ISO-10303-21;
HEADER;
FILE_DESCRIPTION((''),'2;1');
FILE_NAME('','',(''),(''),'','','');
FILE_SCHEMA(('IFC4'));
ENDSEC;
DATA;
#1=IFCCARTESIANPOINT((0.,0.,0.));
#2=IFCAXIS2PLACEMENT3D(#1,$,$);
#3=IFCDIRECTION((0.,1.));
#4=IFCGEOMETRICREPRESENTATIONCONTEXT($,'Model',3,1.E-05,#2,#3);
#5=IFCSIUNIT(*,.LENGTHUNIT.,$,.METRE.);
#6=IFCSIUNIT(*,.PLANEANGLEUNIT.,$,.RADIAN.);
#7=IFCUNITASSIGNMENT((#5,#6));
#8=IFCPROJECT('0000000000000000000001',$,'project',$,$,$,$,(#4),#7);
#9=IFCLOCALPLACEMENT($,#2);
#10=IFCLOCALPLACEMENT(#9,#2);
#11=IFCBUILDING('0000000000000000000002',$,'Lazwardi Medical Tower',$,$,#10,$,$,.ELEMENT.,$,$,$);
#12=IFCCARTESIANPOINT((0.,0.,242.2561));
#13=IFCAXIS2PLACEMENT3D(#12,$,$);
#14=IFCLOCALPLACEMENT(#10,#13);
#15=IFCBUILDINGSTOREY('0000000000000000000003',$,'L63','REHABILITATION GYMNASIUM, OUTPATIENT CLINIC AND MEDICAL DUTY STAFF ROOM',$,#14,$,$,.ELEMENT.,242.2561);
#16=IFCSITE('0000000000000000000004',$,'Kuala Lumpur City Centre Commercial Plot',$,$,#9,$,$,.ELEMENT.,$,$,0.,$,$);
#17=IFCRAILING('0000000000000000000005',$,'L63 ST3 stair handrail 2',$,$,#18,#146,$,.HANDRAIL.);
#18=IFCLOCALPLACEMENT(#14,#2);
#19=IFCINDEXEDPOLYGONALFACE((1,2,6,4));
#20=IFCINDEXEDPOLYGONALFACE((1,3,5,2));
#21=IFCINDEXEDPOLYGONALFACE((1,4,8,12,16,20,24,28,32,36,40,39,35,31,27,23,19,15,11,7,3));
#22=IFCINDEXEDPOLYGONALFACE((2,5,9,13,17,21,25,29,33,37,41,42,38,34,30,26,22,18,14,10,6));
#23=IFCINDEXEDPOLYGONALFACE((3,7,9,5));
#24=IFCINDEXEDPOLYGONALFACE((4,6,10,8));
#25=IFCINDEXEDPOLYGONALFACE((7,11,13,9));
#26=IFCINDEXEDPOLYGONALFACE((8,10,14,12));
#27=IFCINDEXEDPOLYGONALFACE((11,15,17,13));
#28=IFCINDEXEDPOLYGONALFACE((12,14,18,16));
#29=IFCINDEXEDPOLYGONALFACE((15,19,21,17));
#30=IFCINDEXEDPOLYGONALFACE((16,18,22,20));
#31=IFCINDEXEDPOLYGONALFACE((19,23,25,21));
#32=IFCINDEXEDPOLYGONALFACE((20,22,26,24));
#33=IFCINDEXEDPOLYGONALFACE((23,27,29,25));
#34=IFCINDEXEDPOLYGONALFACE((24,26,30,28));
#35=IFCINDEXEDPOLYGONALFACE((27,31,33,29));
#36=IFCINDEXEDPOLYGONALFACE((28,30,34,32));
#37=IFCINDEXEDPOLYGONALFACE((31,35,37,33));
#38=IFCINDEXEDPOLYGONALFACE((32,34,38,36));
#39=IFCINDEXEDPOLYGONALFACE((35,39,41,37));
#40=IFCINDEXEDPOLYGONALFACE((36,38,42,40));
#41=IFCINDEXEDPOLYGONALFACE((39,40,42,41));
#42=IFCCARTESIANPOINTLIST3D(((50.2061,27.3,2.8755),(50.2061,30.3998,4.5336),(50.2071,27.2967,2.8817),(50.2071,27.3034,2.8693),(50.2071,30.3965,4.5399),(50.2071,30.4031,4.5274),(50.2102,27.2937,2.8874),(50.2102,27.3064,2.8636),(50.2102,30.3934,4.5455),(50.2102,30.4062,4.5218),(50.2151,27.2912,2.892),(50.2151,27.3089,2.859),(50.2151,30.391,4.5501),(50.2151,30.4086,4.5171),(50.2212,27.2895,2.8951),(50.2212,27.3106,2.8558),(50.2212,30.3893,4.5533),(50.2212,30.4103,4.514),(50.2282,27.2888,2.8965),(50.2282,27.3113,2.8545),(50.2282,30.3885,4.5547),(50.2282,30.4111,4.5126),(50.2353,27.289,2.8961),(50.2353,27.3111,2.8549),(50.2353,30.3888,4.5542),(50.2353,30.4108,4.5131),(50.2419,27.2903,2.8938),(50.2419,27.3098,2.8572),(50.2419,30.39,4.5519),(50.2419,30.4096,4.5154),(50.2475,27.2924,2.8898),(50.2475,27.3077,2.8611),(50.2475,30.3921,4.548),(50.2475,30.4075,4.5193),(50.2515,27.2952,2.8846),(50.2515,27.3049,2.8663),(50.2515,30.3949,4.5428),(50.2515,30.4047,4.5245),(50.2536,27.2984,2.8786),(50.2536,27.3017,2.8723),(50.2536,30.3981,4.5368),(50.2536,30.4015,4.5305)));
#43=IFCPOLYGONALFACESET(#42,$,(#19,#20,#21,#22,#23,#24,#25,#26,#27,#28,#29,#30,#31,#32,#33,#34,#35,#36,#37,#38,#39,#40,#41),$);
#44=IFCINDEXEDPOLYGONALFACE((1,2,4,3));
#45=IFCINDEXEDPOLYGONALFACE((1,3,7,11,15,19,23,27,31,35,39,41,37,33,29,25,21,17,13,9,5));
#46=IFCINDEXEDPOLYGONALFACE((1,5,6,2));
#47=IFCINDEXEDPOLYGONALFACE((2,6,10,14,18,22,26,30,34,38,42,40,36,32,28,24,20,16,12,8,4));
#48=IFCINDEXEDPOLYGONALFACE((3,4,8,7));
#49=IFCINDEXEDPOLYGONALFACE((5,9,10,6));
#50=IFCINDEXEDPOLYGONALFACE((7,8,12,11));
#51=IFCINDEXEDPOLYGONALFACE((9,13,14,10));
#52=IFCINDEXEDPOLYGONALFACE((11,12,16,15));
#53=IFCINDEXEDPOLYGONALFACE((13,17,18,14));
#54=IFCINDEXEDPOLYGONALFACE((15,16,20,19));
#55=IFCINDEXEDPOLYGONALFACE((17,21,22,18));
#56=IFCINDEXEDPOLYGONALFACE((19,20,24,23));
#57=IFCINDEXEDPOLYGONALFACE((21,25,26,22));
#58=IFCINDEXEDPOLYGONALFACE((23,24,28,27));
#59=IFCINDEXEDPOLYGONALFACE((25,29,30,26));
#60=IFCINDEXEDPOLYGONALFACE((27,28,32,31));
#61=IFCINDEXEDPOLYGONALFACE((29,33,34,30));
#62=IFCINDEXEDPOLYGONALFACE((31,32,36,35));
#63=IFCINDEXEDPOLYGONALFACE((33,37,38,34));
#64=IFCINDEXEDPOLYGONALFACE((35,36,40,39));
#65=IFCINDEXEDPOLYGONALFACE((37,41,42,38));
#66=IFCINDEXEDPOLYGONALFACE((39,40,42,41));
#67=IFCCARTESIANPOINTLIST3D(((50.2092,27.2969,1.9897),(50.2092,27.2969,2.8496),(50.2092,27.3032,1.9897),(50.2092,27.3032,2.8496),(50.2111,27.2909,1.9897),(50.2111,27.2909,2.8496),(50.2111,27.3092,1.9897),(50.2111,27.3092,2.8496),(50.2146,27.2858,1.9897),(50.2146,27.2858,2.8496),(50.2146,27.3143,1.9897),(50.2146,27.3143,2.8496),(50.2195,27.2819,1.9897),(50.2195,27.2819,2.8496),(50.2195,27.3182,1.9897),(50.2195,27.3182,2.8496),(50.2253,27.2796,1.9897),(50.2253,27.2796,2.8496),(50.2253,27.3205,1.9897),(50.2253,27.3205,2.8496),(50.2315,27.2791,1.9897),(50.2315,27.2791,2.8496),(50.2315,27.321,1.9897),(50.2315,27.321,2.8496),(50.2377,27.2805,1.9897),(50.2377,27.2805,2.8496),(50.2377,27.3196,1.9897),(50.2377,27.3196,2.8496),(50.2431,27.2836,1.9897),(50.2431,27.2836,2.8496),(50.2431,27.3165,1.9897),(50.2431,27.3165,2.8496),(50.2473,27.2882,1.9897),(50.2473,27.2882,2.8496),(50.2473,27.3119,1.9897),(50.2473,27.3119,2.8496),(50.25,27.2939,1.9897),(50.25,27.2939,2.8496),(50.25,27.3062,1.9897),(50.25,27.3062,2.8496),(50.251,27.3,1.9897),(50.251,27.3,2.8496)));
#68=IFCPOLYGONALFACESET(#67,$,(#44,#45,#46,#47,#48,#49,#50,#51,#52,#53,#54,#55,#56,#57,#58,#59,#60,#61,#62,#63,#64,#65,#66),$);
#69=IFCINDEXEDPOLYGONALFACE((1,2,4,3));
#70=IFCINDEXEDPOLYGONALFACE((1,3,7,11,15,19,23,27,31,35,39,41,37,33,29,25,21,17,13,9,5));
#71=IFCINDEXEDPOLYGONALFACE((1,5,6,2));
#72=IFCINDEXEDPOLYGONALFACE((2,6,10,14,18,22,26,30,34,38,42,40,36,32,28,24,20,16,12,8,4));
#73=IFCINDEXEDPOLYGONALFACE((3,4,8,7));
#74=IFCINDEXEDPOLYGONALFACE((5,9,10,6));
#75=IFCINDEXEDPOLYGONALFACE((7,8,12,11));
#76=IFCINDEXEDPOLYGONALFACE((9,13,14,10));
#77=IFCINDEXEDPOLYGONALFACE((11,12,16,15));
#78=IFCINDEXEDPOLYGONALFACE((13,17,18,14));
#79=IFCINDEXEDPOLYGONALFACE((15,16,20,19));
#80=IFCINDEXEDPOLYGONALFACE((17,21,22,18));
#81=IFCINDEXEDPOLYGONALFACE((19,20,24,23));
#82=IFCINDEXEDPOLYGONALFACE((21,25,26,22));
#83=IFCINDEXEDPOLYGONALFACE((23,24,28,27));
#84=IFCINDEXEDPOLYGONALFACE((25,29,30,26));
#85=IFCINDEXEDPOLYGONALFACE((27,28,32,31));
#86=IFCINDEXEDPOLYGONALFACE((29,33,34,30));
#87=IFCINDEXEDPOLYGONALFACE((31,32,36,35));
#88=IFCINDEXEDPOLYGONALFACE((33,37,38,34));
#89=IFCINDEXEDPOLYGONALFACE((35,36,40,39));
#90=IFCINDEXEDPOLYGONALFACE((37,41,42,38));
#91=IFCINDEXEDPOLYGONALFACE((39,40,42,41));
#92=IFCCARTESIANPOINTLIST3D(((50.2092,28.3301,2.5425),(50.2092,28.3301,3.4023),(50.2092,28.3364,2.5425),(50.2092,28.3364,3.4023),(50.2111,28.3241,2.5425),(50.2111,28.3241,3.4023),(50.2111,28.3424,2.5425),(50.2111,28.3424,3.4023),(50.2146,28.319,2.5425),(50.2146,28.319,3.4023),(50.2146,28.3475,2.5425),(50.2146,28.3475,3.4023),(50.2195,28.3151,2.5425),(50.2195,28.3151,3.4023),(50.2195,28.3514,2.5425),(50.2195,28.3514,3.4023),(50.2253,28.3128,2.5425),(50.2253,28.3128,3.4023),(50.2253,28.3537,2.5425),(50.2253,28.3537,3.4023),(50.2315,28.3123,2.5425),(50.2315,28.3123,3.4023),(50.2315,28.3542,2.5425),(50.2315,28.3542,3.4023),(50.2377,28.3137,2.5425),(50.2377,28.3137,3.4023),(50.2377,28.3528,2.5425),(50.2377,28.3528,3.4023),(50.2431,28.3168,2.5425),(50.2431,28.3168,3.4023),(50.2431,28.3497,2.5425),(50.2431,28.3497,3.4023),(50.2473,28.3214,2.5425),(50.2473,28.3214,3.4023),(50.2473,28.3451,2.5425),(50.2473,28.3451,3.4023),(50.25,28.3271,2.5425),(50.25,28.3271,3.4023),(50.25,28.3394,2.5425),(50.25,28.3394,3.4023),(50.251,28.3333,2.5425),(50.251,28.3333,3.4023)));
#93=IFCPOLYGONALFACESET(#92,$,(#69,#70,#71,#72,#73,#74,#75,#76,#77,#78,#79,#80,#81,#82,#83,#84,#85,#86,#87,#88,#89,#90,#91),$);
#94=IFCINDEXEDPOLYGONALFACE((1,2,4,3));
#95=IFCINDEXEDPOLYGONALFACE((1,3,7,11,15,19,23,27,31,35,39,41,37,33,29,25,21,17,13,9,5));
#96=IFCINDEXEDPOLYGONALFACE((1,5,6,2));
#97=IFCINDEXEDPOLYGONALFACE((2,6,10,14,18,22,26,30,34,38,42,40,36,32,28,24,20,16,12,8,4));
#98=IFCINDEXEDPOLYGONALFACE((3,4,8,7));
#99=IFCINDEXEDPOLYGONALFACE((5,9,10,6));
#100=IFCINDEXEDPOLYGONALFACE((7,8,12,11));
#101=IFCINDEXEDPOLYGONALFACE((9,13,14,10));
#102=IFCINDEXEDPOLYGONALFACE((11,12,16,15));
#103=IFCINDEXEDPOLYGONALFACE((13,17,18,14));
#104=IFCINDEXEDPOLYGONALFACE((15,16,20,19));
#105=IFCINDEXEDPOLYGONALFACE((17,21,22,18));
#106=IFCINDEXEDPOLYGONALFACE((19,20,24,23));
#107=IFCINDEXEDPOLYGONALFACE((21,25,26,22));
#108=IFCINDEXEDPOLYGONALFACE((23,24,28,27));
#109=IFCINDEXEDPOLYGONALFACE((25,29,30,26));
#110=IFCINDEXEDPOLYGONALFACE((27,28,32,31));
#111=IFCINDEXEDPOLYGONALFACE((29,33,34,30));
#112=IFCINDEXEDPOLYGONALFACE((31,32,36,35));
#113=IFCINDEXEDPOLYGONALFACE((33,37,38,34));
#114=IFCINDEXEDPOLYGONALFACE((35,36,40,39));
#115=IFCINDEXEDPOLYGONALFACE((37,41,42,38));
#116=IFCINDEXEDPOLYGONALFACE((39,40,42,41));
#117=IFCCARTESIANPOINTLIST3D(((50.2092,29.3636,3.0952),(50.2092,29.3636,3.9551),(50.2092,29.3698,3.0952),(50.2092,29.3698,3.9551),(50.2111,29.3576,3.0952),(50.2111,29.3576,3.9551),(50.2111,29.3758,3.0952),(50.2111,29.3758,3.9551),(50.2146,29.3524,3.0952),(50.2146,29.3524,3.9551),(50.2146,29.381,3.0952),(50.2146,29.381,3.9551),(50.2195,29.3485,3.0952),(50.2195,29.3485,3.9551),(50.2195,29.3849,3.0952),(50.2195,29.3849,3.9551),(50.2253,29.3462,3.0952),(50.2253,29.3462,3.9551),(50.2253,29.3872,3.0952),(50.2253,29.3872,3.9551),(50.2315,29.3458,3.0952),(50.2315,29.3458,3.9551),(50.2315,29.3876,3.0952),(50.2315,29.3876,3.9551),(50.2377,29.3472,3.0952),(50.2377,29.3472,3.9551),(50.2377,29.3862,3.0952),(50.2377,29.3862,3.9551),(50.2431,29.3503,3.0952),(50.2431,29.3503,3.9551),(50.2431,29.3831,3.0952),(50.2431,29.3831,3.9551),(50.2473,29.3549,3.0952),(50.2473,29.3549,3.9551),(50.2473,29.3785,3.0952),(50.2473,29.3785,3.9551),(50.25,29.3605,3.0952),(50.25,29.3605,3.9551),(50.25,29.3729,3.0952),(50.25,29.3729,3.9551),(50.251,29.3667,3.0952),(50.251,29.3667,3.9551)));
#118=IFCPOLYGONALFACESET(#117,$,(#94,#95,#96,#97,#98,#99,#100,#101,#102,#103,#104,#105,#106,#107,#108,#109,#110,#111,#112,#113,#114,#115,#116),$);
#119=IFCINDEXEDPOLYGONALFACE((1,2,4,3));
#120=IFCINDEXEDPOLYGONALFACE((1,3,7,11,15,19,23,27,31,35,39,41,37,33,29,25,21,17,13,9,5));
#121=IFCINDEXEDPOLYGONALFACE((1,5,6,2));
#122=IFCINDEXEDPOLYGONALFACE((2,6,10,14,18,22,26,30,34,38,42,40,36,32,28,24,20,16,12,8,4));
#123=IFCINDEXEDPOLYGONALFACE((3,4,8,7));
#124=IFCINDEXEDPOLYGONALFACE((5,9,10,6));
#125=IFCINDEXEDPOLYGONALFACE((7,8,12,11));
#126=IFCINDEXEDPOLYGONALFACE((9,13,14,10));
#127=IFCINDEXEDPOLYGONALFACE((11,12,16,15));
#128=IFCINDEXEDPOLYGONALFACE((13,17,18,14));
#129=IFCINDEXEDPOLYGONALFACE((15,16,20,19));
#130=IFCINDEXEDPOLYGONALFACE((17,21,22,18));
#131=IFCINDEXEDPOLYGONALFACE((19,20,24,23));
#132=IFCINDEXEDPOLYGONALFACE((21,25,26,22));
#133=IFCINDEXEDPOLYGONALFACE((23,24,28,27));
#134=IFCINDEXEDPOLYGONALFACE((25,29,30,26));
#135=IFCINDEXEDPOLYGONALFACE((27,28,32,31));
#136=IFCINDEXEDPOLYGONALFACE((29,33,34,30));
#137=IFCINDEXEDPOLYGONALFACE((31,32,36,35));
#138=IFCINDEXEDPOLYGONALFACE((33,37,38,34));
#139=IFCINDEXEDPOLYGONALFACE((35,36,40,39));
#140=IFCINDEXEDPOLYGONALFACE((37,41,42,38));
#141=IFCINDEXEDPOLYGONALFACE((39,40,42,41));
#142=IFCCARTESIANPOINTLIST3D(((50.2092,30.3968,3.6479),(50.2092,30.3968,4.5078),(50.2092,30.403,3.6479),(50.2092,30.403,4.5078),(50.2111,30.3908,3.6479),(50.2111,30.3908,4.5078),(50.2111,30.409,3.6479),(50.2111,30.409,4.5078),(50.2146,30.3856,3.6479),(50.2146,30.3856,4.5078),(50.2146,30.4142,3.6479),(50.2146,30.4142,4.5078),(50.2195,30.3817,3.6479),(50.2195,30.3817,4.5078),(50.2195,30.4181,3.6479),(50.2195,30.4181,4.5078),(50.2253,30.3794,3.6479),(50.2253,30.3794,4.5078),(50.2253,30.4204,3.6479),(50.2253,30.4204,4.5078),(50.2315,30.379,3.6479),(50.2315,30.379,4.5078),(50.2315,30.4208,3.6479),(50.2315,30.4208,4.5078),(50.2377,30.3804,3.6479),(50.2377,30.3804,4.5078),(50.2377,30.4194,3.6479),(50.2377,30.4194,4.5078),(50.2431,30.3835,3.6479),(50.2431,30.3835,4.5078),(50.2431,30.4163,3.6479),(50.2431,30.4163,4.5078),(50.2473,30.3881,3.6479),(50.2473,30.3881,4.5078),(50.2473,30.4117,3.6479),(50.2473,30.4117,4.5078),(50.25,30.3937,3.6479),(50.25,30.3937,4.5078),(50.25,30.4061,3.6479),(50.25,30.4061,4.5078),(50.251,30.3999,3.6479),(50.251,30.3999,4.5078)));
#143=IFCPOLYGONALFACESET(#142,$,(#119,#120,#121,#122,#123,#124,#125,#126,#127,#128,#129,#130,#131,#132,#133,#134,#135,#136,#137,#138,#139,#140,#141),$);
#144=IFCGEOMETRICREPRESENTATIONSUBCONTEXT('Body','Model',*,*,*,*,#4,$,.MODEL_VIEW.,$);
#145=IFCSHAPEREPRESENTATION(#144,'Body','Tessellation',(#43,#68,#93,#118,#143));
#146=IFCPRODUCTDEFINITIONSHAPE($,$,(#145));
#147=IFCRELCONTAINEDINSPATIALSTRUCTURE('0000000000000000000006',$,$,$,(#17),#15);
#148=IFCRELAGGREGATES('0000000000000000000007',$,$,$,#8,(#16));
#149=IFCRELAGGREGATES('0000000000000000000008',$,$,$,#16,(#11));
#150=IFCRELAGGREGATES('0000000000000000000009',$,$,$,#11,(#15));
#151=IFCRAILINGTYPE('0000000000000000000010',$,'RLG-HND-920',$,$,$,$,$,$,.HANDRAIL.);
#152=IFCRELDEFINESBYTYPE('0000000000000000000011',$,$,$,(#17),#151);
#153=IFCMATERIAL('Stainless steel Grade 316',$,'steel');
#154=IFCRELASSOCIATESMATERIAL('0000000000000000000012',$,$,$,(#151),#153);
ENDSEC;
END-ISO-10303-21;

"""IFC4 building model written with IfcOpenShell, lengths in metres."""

from ifc_helpers import new_model, si_unit, direction, frame, origin, origin_2d, place, context, subcontext, project, spatial, circle, extrude, material, type_object, element, save


model = new_model("IFC4")

# Units and contexts
model_context = context("Model", 3, precision=1e-05, world=origin(), true_north=direction((0.0, 1.0)))
body_context = subcontext(model_context, "Body", "Model", "MODEL_VIEW")
ifc_project = project(units=[si_unit("LENGTHUNIT", "METRE"), si_unit("PLANEANGLEUNIT", "RADIAN")], contexts=[model_context])

# Site, building, storey
site_placement = place(None, origin())
site = spatial("IfcSite", under=ifc_project, at=site_placement, Name="Kuala Lumpur City Centre Commercial Plot", CompositionType="ELEMENT", RefElevation=0.0)
building_placement = place(site_placement, origin())
building = spatial("IfcBuilding", under=site, at=building_placement, Name="Lazwardi Medical Tower", CompositionType="ELEMENT")
storey_placement = place(building_placement, frame((0.0, 0.0, 242.2561)))
storey = spatial("IfcBuildingStorey", under=building, at=storey_placement, Name="L63", Description="REHABILITATION GYMNASIUM, OUTPATIENT CLINIC AND MEDICAL DUTY STAFF ROOM", CompositionType="ELEMENT", Elevation=242.2561)

# Railing
ifc_material_1 = material(Name="Stainless steel Grade 316", Category="steel")
railing_type_1 = type_object("IfcRailingType", Name="RLG-HND-920", PredefinedType="HANDRAIL", material=ifc_material_1)
railing_1_placement = place(storey_placement, frame((50.23, 27.3, 1.9897)))
element("IfcRailing", 1, at=railing_1_placement, inside=storey, type_object=railing_type_1, Name="L63 ST3 stair handrail 2", PredefinedType="HANDRAIL", context=body_context, shape_type="SweptSolid", body=[
    extrude(circle(Radius=0.0239, at=origin_2d()), frame((0.0, 0.0, 0.8857), z_axis=(0.0, 0.881768, 0.471684), x_axis=(-1.0, 0.0, 0.0)), (0.0, 0.0, 1.0), 3.5154),
    extrude(circle(Radius=0.021, at=origin_2d()), origin(), (0.0, 0.0, 1.0), 0.8599),
    extrude(circle(Radius=0.021, at=origin_2d()), frame((0.0, 1.0332, 0.5527)), (0.0, 0.0, 1.0), 0.8599),
    extrude(circle(Radius=0.021, at=origin_2d()), frame((0.0, 2.0667, 1.1055)), (0.0, 0.0, 1.0), 0.8599),
    extrude(circle(Radius=0.021, at=origin_2d()), frame((0.0, 3.0999, 1.6582)), (0.0, 0.0, 1.0), 0.8599),
])

save(model, "model.ifc")
